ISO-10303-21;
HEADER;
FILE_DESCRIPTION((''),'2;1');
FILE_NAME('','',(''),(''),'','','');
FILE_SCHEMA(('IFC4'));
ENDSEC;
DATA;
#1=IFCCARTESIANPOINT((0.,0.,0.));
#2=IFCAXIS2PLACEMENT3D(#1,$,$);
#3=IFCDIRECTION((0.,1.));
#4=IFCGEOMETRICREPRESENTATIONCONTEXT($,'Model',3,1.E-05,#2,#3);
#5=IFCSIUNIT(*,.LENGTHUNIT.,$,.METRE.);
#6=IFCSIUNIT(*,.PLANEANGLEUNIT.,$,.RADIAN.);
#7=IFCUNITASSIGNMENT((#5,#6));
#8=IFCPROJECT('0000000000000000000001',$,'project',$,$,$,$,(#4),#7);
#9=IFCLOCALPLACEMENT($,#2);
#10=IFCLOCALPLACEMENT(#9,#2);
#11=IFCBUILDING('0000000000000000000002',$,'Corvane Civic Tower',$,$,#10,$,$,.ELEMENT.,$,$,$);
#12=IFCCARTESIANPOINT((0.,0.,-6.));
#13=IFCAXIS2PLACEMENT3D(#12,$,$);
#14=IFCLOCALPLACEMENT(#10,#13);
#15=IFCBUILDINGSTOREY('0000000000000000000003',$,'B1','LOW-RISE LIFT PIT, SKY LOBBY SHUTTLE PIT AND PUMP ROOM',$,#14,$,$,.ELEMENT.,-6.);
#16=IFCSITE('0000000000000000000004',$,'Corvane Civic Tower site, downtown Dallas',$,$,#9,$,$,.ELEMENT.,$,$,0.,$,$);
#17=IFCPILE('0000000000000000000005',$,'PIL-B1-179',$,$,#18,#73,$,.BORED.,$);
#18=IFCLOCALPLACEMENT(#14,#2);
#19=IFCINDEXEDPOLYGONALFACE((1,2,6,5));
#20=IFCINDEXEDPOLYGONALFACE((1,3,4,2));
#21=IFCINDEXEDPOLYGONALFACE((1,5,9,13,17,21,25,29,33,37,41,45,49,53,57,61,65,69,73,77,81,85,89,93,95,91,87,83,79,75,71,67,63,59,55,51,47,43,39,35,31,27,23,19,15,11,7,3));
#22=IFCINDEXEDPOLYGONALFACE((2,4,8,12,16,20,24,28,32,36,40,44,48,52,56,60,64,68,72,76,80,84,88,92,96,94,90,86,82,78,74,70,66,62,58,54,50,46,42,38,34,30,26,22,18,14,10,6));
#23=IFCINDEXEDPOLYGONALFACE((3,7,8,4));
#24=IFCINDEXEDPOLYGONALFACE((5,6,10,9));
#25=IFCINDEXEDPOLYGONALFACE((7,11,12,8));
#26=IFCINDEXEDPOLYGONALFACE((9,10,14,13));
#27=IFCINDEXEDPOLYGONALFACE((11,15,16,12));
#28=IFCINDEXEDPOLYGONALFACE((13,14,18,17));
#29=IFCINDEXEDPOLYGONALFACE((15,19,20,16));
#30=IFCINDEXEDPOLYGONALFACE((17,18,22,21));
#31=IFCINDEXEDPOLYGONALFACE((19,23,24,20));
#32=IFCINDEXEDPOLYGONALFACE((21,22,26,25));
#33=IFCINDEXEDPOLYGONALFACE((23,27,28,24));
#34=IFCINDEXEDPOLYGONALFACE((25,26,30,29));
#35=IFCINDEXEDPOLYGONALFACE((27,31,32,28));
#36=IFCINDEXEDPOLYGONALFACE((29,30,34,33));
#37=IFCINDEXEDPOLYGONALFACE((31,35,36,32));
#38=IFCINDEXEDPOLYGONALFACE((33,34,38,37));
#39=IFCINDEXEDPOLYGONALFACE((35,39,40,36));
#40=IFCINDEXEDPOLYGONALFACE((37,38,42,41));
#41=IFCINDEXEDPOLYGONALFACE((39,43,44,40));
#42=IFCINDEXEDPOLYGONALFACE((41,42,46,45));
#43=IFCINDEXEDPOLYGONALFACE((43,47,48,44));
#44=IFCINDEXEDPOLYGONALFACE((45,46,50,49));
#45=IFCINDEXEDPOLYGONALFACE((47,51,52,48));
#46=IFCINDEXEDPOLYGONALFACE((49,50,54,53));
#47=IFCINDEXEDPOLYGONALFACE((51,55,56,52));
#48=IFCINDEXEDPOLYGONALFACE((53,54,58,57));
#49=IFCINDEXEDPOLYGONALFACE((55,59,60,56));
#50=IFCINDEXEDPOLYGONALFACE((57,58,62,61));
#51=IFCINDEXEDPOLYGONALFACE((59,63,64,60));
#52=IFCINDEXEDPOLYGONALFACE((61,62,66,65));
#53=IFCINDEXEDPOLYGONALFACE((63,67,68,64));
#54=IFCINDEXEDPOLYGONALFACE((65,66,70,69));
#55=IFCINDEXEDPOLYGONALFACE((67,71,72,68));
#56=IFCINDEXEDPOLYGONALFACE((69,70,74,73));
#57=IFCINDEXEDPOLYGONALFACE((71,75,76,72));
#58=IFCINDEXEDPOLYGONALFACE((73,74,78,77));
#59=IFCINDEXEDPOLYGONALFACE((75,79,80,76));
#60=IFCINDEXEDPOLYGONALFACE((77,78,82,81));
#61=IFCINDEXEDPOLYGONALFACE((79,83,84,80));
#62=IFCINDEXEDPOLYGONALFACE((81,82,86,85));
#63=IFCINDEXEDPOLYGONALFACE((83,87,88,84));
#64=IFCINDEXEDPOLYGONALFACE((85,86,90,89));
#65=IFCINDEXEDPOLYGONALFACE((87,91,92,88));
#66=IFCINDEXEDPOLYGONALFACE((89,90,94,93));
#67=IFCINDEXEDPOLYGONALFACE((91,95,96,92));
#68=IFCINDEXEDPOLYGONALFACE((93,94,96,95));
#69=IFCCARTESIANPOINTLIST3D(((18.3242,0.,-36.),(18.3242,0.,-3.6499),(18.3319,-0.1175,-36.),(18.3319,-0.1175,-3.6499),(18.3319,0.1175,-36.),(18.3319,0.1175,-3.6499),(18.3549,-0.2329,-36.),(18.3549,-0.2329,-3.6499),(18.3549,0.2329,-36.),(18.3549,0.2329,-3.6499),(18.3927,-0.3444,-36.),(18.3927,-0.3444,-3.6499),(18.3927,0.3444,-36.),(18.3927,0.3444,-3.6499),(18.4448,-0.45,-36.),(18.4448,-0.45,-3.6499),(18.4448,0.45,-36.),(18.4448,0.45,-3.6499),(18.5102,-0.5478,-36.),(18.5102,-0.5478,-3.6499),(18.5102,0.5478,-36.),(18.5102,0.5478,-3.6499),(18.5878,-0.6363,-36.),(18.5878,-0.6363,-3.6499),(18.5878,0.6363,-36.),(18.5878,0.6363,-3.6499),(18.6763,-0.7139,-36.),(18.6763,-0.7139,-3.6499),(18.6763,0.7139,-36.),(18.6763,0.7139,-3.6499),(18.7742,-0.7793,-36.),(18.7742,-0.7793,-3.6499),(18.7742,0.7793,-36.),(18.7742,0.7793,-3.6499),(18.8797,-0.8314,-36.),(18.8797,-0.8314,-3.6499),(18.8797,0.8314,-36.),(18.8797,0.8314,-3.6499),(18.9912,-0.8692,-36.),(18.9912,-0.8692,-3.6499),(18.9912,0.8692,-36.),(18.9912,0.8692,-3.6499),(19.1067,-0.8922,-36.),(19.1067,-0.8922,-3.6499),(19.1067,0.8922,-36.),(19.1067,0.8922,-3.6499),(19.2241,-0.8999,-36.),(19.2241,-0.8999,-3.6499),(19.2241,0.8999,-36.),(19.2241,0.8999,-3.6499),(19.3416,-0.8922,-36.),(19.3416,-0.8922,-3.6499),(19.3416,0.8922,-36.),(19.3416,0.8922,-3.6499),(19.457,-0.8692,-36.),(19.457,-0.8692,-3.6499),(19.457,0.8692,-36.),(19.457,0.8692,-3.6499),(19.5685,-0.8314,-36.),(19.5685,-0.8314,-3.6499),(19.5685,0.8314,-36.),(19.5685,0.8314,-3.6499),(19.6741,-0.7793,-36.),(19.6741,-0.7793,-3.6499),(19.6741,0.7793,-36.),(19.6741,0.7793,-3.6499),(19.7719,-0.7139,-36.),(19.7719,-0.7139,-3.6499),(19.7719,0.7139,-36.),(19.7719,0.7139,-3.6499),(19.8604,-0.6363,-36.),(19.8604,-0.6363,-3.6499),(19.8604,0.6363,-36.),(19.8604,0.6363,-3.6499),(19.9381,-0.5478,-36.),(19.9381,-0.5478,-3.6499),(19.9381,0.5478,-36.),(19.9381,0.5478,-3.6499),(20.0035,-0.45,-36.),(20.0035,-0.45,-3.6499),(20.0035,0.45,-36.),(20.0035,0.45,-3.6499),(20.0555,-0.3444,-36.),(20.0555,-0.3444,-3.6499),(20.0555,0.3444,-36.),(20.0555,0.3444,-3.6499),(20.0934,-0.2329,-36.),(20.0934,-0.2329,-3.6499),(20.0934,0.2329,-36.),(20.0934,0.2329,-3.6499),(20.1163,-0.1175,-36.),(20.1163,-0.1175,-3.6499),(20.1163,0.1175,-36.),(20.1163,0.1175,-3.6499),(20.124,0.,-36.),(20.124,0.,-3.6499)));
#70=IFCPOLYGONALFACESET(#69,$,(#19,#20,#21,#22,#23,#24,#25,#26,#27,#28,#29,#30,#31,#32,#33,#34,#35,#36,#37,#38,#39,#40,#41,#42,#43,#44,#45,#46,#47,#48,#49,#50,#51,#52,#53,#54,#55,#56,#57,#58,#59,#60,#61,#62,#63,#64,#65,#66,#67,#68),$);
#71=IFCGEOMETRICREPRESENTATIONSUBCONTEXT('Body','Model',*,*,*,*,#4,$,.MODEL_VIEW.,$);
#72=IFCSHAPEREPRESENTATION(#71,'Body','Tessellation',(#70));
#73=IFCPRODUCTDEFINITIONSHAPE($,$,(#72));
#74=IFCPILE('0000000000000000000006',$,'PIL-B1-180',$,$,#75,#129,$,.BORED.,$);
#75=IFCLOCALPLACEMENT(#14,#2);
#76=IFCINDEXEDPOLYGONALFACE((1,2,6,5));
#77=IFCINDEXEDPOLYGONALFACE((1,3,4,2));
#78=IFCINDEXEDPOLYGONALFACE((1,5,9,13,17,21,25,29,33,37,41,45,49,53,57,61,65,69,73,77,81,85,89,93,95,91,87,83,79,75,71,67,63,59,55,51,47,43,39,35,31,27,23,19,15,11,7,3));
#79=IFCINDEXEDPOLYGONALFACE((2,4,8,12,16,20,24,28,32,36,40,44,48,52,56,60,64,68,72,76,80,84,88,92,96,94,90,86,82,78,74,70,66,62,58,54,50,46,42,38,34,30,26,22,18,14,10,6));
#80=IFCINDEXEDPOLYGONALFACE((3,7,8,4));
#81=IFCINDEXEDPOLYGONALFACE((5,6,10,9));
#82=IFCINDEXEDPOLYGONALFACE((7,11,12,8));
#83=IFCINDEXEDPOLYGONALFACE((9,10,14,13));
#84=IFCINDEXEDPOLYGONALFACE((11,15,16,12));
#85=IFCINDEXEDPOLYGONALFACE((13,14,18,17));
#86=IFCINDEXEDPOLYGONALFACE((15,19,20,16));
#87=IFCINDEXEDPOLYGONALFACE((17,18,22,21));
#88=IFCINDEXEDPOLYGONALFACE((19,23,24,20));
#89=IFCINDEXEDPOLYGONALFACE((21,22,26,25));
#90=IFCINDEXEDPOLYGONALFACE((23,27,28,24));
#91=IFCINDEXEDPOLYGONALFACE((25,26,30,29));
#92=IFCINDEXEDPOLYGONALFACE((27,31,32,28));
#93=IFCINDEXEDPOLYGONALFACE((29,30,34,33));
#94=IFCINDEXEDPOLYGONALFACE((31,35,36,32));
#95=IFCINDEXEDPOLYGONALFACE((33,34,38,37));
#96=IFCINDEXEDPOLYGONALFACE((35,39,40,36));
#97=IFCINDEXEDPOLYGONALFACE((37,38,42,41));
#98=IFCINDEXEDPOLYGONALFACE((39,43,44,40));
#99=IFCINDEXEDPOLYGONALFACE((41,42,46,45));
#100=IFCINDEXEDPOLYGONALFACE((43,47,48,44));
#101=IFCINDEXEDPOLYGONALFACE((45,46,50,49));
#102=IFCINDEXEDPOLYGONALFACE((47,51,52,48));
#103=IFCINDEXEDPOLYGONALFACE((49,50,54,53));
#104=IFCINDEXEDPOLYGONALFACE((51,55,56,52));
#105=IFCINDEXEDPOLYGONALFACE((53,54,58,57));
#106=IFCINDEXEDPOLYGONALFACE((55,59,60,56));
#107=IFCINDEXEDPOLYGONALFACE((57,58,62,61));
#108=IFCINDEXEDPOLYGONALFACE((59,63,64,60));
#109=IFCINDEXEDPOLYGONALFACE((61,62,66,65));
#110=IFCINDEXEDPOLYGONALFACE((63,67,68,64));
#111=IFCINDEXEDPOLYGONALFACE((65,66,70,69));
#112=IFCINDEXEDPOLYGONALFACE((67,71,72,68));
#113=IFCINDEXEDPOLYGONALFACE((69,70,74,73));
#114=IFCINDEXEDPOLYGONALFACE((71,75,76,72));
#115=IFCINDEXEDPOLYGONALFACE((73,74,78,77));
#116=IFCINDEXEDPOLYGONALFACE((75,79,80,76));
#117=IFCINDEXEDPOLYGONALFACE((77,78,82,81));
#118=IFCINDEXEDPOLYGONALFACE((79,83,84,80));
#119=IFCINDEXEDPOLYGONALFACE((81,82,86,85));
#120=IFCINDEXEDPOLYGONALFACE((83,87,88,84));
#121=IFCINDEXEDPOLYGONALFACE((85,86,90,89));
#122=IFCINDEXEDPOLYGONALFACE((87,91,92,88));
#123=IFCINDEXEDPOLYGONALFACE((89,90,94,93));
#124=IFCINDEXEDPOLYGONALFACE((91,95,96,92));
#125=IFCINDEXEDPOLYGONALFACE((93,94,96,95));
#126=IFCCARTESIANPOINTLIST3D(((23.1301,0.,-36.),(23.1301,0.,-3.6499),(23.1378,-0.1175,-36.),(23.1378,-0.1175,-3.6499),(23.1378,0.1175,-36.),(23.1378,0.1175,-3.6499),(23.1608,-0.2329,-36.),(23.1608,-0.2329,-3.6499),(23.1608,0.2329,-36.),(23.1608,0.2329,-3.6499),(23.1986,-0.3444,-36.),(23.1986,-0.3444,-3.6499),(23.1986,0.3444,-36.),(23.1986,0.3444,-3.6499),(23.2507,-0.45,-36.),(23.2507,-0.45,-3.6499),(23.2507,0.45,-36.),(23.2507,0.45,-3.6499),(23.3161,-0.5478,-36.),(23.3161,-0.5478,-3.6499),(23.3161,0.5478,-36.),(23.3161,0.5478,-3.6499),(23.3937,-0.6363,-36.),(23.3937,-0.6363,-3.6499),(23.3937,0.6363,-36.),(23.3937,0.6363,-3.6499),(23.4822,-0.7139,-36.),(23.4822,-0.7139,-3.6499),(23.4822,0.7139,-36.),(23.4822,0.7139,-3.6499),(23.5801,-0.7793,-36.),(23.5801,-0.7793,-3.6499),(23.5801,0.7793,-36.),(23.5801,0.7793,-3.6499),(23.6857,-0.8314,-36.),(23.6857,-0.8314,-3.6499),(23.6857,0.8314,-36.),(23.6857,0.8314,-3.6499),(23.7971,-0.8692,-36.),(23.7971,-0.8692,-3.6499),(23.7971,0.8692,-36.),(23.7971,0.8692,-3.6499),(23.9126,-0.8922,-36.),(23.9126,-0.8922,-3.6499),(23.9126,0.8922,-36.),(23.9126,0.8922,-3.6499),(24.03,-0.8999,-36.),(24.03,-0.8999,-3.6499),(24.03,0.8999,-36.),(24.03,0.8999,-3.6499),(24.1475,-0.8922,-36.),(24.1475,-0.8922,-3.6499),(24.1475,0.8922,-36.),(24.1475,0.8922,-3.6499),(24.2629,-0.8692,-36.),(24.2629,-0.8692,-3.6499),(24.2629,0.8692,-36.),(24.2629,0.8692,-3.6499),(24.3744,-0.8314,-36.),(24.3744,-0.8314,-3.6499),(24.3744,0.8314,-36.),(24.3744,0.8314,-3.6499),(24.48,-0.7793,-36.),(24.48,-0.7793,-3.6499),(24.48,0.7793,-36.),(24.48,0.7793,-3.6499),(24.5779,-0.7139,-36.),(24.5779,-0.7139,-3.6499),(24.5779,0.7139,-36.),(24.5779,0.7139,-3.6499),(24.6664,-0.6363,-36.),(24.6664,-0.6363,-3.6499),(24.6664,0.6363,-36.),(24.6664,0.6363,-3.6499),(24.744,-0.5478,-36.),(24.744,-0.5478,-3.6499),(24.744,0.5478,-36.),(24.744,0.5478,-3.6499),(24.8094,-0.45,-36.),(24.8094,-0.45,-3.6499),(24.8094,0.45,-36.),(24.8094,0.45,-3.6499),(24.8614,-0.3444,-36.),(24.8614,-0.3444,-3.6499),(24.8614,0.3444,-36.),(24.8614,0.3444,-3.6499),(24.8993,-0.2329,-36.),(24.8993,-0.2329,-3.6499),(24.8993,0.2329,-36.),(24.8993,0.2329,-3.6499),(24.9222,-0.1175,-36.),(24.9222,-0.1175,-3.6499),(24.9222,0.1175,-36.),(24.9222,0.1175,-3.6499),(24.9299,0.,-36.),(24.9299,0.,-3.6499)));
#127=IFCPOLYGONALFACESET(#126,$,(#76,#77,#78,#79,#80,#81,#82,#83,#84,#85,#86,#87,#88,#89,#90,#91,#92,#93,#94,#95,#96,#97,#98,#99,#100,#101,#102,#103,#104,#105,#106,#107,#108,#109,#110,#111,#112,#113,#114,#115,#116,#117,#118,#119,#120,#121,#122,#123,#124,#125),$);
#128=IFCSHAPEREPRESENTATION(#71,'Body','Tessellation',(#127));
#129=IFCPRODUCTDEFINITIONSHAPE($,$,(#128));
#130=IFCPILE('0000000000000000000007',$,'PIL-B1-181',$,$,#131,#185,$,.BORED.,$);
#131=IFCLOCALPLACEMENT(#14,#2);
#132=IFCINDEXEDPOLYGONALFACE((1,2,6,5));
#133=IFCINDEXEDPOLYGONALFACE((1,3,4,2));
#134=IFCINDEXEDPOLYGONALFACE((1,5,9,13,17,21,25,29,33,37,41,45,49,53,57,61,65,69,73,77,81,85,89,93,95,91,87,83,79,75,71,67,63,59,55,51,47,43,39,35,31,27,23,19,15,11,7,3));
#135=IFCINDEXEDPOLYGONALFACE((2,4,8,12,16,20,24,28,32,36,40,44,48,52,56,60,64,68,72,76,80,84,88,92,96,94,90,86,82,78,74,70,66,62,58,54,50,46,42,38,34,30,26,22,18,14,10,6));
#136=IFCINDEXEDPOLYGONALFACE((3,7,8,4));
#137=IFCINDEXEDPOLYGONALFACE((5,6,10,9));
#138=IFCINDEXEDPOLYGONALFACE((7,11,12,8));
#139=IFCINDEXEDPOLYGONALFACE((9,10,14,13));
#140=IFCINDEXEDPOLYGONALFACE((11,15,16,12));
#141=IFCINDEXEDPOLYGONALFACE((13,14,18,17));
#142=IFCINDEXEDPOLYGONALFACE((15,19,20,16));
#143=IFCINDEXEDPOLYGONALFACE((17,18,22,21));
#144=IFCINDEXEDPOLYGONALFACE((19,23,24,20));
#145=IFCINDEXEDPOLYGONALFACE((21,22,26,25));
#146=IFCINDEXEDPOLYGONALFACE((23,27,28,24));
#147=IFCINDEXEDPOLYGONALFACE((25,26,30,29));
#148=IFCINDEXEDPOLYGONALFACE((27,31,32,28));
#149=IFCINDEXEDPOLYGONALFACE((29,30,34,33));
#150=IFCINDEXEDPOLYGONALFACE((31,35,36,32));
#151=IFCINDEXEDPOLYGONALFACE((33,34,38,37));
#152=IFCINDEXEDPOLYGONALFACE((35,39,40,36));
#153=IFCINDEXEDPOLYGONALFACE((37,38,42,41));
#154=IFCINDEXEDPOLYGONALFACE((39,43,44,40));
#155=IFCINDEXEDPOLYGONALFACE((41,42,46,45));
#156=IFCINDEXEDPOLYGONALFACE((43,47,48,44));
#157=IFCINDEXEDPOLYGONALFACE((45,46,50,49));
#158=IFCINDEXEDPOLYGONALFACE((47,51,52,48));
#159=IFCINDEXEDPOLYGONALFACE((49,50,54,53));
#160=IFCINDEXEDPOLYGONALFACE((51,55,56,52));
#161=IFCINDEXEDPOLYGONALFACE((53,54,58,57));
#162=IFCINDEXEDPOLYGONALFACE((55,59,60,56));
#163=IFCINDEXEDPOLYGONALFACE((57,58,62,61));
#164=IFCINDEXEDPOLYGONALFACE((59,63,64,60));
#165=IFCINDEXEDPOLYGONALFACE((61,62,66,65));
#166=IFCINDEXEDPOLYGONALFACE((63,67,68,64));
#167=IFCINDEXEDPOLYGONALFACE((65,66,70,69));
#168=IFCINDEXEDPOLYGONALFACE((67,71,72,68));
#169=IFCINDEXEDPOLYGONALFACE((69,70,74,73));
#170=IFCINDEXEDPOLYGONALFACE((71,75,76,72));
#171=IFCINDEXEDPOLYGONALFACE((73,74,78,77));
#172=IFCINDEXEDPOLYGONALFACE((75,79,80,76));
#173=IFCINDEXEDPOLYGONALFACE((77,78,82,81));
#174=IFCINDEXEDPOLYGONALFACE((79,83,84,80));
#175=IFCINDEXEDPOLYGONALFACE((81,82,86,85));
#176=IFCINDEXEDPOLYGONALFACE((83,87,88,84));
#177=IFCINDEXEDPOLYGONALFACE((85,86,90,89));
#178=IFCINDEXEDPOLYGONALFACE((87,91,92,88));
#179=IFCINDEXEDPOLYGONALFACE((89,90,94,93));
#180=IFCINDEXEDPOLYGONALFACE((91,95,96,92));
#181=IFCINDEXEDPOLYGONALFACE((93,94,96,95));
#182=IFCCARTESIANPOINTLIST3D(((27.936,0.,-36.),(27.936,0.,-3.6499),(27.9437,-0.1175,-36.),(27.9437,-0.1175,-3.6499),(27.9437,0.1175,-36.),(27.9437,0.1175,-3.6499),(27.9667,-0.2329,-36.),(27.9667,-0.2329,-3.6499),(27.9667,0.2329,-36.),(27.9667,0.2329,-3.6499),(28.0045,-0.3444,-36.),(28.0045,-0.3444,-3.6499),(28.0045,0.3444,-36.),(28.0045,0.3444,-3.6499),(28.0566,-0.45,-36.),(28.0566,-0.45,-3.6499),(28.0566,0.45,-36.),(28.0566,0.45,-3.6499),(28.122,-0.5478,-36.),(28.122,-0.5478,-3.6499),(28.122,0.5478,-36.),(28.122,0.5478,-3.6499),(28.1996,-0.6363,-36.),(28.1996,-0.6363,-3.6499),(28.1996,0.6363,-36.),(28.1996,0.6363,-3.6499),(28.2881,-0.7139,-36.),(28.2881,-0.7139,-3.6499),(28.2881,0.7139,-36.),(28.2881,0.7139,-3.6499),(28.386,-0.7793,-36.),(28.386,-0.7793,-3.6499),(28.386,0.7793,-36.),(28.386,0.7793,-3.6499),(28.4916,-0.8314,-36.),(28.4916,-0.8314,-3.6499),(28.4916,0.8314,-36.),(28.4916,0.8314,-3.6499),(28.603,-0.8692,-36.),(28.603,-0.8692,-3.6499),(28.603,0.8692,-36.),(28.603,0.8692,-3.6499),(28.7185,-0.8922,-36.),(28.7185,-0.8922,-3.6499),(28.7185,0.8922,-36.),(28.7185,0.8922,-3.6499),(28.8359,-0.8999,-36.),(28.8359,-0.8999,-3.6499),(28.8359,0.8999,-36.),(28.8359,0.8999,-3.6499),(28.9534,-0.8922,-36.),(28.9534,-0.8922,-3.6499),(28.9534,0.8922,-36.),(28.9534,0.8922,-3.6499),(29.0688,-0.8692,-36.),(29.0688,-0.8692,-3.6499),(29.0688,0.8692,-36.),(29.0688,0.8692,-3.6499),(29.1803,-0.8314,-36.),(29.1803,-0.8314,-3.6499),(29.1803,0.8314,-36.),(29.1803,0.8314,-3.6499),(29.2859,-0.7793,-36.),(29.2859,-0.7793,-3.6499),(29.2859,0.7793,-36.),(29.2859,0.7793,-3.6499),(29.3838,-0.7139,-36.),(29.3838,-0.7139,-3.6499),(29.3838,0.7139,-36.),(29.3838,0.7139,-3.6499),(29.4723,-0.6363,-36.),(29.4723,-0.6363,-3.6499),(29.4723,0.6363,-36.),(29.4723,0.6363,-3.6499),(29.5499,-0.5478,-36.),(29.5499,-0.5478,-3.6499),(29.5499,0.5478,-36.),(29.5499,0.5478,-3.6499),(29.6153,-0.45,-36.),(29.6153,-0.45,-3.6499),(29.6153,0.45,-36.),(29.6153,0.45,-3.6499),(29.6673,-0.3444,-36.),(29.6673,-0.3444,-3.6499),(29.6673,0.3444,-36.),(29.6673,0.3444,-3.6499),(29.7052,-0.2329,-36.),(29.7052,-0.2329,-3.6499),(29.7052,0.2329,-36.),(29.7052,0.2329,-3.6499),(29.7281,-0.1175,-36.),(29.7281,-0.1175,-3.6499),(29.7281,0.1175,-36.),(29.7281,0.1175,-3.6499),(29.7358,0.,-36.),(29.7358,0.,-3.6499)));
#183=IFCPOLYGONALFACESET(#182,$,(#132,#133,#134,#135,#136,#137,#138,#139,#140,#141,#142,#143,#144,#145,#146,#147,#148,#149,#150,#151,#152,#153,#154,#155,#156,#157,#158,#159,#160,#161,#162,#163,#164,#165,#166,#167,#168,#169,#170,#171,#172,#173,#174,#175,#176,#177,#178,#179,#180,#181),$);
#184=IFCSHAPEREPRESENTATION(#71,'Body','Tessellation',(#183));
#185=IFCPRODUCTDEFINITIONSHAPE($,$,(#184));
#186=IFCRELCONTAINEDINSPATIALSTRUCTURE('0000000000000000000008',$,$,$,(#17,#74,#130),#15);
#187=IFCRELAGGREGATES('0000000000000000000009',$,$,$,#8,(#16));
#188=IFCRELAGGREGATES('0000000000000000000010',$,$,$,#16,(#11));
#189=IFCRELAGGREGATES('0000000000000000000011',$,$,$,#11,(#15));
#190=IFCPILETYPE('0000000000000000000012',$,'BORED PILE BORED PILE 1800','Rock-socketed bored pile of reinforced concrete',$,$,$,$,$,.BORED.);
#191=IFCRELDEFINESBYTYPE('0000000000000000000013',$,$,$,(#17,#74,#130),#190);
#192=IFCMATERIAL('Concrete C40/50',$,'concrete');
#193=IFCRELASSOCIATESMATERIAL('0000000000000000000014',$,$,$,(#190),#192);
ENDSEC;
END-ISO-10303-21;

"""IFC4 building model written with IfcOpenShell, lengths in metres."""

from ifc_helpers import new_model, si_unit, direction, frame, origin, origin_2d, place, context, subcontext, project, spatial, circle, extrude, material, material_profile, profile_set, type_object, element, save


model = new_model("IFC4")

# Units and contexts
model_context = context("Model", 3, precision=1e-05, world=origin(), true_north=direction((0.0, 1.0)))
body_context = subcontext(model_context, "Body", "Model", "MODEL_VIEW")
ifc_project = project(units=[si_unit("LENGTHUNIT", "METRE"), si_unit("PLANEANGLEUNIT", "RADIAN")], contexts=[model_context])

# Site, building, storey
site_placement = place(None, origin())
site = spatial("IfcSite", under=ifc_project, at=site_placement, Name="Corvane Civic Tower site, downtown Dallas", CompositionType="ELEMENT", RefElevation=0.0)
building_placement = place(site_placement, origin())
building = spatial("IfcBuilding", under=site, at=building_placement, Name="Corvane Civic Tower", CompositionType="ELEMENT")
storey_placement = place(building_placement, frame((0.0, 0.0, -6.0)))
storey = spatial("IfcBuildingStorey", under=building, at=storey_placement, Name="B1", Description="LOW-RISE LIFT PIT, SKY LOBBY SHUTTLE PIT AND PUMP ROOM", CompositionType="ELEMENT", Elevation=-6.0)

# Piles
ifc_material_1 = material(Name="Concrete C40/50", Category="concrete")
ifc_material_profile_1 = material_profile(ifc_material_1, circle(Radius=0.8999, at=origin_2d()), Name="BORED PILE 1800")
ifc_profile_set_1 = profile_set([ifc_material_profile_1], Name="Concrete C40/50")
pile_type = type_object("IfcPileType", Name="BORED PILE BORED PILE 1800", Description="Rock-socketed bored pile of reinforced concrete", PredefinedType="BORED", material=ifc_profile_set_1)
for number, where, z_axis, x_axis, name in (
    (1, (19.2241, 0.0, -3.6499), (0.0, 0.0, -1.0), (1.0, 0.0, 0.0), "PIL-B1-179"),
    (2, (24.03, 0.0, -3.6499), (0.0, 0.0, -1.0), (1.0, 0.0, 0.0), "PIL-B1-180"),
    (3, (28.8359, 0.0, -3.6499), (0.0, 0.0, -1.0), (1.0, 0.0, 0.0), "PIL-B1-181"),
):
    element("IfcPile", number, at=place(storey_placement, frame(where, z_axis=z_axis, x_axis=x_axis)), inside=storey, type_object=pile_type, Name=name, PredefinedType="BORED", context=body_context, shape_type="SweptSolid", body=[
        extrude(circle(Radius=0.8999, at=origin_2d()), origin(), (0.0, 0.0, 1.0), 32.3501),
    ])

save(model, "model.ifc")
